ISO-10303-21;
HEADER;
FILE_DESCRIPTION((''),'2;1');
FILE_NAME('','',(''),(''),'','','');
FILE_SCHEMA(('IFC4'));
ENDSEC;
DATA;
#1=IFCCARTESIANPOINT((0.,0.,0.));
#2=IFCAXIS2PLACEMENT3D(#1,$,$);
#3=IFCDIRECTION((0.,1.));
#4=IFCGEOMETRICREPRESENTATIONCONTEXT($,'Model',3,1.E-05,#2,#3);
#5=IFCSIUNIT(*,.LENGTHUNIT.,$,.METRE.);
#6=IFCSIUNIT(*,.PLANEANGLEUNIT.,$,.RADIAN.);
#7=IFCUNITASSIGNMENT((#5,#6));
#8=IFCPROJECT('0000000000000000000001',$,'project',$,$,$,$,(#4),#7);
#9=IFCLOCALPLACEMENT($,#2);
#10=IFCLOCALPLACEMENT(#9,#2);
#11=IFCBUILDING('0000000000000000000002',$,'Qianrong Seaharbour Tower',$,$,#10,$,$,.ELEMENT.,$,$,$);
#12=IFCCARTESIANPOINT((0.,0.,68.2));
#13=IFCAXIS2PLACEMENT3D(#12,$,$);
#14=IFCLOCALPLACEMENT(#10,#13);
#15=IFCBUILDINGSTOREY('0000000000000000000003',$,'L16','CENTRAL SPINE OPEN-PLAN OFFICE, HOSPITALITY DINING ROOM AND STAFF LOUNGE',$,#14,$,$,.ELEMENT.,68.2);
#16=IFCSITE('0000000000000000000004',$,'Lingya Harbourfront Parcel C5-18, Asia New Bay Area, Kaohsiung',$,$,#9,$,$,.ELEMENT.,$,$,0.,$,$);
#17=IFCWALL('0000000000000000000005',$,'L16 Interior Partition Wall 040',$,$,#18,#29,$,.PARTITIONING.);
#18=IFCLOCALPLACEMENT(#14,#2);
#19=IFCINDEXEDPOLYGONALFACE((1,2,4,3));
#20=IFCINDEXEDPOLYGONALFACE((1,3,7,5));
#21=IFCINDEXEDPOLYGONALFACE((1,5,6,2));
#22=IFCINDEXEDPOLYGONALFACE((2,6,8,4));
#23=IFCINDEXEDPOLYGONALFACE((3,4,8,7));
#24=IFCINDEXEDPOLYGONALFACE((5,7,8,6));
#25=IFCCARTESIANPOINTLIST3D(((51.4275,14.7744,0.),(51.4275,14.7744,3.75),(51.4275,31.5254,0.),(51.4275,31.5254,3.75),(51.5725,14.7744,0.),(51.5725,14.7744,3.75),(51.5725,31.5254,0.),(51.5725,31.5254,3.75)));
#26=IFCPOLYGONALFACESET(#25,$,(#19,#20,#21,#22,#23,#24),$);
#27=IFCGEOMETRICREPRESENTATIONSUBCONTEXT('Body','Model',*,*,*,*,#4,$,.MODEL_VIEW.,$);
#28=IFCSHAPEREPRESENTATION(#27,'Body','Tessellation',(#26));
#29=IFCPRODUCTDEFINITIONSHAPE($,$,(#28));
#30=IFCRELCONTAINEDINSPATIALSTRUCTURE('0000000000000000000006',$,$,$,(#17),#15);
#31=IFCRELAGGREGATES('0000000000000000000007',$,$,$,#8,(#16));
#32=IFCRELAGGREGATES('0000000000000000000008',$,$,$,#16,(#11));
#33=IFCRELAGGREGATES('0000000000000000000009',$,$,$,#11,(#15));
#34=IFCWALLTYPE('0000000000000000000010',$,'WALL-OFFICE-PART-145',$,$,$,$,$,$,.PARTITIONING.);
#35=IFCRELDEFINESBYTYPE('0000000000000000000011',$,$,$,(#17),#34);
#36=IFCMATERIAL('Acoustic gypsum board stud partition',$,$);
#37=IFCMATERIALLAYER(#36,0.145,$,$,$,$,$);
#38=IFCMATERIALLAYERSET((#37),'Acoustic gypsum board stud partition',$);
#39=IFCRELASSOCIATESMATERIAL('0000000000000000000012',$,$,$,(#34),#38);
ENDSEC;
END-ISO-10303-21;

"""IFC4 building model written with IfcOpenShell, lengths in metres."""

from ifc_helpers import new_model, si_unit, direction, frame, frame_2d, origin, place, context, subcontext, project, spatial, rectangle, extrude, material, layer, layer_set, type_object, element, save


model = new_model("IFC4")

# Units and contexts
model_context = context("Model", 3, precision=1e-05, world=origin(), true_north=direction((0.0, 1.0)))
body_context = subcontext(model_context, "Body", "Model", "MODEL_VIEW")
ifc_project = project(units=[si_unit("LENGTHUNIT", "METRE"), si_unit("PLANEANGLEUNIT", "RADIAN")], contexts=[model_context])

# Site, building, storey
site_placement = place(None, origin())
site = spatial("IfcSite", under=ifc_project, at=site_placement, Name="Lingya Harbourfront Parcel C5-18, Asia New Bay Area, Kaohsiung", CompositionType="ELEMENT", RefElevation=0.0)
building_placement = place(site_placement, origin())
building = spatial("IfcBuilding", under=site, at=building_placement, Name="Qianrong Seaharbour Tower", CompositionType="ELEMENT")
storey_placement = place(building_placement, frame((0.0, 0.0, 68.2)))
storey = spatial("IfcBuildingStorey", under=building, at=storey_placement, Name="L16", Description="CENTRAL SPINE OPEN-PLAN OFFICE, HOSPITALITY DINING ROOM AND STAFF LOUNGE", CompositionType="ELEMENT", Elevation=68.2)

# Wall
ifc_material_1 = material(Name="Acoustic gypsum board stud partition")
ifc_layer_1 = layer(ifc_material_1, 0.145)
ifc_layer_set_1 = layer_set([ifc_layer_1], Name="Acoustic gypsum board stud partition")
wall_type_1 = type_object("IfcWallType", Name="WALL-OFFICE-PART-145", PredefinedType="PARTITIONING", material=ifc_layer_set_1)
wall_1_placement = place(storey_placement, frame((51.5, 31.5254, 0.0), z_axis=(0.0, 0.0, 1.0), x_axis=(0.0, -1.0, 0.0)))
element("IfcWall", 1, at=wall_1_placement, inside=storey, type_object=wall_type_1, Name="L16 Interior Partition Wall 040", PredefinedType="PARTITIONING", context=body_context, shape_type="SweptSolid", body=[
    extrude(rectangle(XDim=16.751, YDim=0.145, at=frame_2d((8.3755, 0.0))), origin(), (0.0, 0.0, 1.0), 3.75),
])

save(model, "model.ifc")
